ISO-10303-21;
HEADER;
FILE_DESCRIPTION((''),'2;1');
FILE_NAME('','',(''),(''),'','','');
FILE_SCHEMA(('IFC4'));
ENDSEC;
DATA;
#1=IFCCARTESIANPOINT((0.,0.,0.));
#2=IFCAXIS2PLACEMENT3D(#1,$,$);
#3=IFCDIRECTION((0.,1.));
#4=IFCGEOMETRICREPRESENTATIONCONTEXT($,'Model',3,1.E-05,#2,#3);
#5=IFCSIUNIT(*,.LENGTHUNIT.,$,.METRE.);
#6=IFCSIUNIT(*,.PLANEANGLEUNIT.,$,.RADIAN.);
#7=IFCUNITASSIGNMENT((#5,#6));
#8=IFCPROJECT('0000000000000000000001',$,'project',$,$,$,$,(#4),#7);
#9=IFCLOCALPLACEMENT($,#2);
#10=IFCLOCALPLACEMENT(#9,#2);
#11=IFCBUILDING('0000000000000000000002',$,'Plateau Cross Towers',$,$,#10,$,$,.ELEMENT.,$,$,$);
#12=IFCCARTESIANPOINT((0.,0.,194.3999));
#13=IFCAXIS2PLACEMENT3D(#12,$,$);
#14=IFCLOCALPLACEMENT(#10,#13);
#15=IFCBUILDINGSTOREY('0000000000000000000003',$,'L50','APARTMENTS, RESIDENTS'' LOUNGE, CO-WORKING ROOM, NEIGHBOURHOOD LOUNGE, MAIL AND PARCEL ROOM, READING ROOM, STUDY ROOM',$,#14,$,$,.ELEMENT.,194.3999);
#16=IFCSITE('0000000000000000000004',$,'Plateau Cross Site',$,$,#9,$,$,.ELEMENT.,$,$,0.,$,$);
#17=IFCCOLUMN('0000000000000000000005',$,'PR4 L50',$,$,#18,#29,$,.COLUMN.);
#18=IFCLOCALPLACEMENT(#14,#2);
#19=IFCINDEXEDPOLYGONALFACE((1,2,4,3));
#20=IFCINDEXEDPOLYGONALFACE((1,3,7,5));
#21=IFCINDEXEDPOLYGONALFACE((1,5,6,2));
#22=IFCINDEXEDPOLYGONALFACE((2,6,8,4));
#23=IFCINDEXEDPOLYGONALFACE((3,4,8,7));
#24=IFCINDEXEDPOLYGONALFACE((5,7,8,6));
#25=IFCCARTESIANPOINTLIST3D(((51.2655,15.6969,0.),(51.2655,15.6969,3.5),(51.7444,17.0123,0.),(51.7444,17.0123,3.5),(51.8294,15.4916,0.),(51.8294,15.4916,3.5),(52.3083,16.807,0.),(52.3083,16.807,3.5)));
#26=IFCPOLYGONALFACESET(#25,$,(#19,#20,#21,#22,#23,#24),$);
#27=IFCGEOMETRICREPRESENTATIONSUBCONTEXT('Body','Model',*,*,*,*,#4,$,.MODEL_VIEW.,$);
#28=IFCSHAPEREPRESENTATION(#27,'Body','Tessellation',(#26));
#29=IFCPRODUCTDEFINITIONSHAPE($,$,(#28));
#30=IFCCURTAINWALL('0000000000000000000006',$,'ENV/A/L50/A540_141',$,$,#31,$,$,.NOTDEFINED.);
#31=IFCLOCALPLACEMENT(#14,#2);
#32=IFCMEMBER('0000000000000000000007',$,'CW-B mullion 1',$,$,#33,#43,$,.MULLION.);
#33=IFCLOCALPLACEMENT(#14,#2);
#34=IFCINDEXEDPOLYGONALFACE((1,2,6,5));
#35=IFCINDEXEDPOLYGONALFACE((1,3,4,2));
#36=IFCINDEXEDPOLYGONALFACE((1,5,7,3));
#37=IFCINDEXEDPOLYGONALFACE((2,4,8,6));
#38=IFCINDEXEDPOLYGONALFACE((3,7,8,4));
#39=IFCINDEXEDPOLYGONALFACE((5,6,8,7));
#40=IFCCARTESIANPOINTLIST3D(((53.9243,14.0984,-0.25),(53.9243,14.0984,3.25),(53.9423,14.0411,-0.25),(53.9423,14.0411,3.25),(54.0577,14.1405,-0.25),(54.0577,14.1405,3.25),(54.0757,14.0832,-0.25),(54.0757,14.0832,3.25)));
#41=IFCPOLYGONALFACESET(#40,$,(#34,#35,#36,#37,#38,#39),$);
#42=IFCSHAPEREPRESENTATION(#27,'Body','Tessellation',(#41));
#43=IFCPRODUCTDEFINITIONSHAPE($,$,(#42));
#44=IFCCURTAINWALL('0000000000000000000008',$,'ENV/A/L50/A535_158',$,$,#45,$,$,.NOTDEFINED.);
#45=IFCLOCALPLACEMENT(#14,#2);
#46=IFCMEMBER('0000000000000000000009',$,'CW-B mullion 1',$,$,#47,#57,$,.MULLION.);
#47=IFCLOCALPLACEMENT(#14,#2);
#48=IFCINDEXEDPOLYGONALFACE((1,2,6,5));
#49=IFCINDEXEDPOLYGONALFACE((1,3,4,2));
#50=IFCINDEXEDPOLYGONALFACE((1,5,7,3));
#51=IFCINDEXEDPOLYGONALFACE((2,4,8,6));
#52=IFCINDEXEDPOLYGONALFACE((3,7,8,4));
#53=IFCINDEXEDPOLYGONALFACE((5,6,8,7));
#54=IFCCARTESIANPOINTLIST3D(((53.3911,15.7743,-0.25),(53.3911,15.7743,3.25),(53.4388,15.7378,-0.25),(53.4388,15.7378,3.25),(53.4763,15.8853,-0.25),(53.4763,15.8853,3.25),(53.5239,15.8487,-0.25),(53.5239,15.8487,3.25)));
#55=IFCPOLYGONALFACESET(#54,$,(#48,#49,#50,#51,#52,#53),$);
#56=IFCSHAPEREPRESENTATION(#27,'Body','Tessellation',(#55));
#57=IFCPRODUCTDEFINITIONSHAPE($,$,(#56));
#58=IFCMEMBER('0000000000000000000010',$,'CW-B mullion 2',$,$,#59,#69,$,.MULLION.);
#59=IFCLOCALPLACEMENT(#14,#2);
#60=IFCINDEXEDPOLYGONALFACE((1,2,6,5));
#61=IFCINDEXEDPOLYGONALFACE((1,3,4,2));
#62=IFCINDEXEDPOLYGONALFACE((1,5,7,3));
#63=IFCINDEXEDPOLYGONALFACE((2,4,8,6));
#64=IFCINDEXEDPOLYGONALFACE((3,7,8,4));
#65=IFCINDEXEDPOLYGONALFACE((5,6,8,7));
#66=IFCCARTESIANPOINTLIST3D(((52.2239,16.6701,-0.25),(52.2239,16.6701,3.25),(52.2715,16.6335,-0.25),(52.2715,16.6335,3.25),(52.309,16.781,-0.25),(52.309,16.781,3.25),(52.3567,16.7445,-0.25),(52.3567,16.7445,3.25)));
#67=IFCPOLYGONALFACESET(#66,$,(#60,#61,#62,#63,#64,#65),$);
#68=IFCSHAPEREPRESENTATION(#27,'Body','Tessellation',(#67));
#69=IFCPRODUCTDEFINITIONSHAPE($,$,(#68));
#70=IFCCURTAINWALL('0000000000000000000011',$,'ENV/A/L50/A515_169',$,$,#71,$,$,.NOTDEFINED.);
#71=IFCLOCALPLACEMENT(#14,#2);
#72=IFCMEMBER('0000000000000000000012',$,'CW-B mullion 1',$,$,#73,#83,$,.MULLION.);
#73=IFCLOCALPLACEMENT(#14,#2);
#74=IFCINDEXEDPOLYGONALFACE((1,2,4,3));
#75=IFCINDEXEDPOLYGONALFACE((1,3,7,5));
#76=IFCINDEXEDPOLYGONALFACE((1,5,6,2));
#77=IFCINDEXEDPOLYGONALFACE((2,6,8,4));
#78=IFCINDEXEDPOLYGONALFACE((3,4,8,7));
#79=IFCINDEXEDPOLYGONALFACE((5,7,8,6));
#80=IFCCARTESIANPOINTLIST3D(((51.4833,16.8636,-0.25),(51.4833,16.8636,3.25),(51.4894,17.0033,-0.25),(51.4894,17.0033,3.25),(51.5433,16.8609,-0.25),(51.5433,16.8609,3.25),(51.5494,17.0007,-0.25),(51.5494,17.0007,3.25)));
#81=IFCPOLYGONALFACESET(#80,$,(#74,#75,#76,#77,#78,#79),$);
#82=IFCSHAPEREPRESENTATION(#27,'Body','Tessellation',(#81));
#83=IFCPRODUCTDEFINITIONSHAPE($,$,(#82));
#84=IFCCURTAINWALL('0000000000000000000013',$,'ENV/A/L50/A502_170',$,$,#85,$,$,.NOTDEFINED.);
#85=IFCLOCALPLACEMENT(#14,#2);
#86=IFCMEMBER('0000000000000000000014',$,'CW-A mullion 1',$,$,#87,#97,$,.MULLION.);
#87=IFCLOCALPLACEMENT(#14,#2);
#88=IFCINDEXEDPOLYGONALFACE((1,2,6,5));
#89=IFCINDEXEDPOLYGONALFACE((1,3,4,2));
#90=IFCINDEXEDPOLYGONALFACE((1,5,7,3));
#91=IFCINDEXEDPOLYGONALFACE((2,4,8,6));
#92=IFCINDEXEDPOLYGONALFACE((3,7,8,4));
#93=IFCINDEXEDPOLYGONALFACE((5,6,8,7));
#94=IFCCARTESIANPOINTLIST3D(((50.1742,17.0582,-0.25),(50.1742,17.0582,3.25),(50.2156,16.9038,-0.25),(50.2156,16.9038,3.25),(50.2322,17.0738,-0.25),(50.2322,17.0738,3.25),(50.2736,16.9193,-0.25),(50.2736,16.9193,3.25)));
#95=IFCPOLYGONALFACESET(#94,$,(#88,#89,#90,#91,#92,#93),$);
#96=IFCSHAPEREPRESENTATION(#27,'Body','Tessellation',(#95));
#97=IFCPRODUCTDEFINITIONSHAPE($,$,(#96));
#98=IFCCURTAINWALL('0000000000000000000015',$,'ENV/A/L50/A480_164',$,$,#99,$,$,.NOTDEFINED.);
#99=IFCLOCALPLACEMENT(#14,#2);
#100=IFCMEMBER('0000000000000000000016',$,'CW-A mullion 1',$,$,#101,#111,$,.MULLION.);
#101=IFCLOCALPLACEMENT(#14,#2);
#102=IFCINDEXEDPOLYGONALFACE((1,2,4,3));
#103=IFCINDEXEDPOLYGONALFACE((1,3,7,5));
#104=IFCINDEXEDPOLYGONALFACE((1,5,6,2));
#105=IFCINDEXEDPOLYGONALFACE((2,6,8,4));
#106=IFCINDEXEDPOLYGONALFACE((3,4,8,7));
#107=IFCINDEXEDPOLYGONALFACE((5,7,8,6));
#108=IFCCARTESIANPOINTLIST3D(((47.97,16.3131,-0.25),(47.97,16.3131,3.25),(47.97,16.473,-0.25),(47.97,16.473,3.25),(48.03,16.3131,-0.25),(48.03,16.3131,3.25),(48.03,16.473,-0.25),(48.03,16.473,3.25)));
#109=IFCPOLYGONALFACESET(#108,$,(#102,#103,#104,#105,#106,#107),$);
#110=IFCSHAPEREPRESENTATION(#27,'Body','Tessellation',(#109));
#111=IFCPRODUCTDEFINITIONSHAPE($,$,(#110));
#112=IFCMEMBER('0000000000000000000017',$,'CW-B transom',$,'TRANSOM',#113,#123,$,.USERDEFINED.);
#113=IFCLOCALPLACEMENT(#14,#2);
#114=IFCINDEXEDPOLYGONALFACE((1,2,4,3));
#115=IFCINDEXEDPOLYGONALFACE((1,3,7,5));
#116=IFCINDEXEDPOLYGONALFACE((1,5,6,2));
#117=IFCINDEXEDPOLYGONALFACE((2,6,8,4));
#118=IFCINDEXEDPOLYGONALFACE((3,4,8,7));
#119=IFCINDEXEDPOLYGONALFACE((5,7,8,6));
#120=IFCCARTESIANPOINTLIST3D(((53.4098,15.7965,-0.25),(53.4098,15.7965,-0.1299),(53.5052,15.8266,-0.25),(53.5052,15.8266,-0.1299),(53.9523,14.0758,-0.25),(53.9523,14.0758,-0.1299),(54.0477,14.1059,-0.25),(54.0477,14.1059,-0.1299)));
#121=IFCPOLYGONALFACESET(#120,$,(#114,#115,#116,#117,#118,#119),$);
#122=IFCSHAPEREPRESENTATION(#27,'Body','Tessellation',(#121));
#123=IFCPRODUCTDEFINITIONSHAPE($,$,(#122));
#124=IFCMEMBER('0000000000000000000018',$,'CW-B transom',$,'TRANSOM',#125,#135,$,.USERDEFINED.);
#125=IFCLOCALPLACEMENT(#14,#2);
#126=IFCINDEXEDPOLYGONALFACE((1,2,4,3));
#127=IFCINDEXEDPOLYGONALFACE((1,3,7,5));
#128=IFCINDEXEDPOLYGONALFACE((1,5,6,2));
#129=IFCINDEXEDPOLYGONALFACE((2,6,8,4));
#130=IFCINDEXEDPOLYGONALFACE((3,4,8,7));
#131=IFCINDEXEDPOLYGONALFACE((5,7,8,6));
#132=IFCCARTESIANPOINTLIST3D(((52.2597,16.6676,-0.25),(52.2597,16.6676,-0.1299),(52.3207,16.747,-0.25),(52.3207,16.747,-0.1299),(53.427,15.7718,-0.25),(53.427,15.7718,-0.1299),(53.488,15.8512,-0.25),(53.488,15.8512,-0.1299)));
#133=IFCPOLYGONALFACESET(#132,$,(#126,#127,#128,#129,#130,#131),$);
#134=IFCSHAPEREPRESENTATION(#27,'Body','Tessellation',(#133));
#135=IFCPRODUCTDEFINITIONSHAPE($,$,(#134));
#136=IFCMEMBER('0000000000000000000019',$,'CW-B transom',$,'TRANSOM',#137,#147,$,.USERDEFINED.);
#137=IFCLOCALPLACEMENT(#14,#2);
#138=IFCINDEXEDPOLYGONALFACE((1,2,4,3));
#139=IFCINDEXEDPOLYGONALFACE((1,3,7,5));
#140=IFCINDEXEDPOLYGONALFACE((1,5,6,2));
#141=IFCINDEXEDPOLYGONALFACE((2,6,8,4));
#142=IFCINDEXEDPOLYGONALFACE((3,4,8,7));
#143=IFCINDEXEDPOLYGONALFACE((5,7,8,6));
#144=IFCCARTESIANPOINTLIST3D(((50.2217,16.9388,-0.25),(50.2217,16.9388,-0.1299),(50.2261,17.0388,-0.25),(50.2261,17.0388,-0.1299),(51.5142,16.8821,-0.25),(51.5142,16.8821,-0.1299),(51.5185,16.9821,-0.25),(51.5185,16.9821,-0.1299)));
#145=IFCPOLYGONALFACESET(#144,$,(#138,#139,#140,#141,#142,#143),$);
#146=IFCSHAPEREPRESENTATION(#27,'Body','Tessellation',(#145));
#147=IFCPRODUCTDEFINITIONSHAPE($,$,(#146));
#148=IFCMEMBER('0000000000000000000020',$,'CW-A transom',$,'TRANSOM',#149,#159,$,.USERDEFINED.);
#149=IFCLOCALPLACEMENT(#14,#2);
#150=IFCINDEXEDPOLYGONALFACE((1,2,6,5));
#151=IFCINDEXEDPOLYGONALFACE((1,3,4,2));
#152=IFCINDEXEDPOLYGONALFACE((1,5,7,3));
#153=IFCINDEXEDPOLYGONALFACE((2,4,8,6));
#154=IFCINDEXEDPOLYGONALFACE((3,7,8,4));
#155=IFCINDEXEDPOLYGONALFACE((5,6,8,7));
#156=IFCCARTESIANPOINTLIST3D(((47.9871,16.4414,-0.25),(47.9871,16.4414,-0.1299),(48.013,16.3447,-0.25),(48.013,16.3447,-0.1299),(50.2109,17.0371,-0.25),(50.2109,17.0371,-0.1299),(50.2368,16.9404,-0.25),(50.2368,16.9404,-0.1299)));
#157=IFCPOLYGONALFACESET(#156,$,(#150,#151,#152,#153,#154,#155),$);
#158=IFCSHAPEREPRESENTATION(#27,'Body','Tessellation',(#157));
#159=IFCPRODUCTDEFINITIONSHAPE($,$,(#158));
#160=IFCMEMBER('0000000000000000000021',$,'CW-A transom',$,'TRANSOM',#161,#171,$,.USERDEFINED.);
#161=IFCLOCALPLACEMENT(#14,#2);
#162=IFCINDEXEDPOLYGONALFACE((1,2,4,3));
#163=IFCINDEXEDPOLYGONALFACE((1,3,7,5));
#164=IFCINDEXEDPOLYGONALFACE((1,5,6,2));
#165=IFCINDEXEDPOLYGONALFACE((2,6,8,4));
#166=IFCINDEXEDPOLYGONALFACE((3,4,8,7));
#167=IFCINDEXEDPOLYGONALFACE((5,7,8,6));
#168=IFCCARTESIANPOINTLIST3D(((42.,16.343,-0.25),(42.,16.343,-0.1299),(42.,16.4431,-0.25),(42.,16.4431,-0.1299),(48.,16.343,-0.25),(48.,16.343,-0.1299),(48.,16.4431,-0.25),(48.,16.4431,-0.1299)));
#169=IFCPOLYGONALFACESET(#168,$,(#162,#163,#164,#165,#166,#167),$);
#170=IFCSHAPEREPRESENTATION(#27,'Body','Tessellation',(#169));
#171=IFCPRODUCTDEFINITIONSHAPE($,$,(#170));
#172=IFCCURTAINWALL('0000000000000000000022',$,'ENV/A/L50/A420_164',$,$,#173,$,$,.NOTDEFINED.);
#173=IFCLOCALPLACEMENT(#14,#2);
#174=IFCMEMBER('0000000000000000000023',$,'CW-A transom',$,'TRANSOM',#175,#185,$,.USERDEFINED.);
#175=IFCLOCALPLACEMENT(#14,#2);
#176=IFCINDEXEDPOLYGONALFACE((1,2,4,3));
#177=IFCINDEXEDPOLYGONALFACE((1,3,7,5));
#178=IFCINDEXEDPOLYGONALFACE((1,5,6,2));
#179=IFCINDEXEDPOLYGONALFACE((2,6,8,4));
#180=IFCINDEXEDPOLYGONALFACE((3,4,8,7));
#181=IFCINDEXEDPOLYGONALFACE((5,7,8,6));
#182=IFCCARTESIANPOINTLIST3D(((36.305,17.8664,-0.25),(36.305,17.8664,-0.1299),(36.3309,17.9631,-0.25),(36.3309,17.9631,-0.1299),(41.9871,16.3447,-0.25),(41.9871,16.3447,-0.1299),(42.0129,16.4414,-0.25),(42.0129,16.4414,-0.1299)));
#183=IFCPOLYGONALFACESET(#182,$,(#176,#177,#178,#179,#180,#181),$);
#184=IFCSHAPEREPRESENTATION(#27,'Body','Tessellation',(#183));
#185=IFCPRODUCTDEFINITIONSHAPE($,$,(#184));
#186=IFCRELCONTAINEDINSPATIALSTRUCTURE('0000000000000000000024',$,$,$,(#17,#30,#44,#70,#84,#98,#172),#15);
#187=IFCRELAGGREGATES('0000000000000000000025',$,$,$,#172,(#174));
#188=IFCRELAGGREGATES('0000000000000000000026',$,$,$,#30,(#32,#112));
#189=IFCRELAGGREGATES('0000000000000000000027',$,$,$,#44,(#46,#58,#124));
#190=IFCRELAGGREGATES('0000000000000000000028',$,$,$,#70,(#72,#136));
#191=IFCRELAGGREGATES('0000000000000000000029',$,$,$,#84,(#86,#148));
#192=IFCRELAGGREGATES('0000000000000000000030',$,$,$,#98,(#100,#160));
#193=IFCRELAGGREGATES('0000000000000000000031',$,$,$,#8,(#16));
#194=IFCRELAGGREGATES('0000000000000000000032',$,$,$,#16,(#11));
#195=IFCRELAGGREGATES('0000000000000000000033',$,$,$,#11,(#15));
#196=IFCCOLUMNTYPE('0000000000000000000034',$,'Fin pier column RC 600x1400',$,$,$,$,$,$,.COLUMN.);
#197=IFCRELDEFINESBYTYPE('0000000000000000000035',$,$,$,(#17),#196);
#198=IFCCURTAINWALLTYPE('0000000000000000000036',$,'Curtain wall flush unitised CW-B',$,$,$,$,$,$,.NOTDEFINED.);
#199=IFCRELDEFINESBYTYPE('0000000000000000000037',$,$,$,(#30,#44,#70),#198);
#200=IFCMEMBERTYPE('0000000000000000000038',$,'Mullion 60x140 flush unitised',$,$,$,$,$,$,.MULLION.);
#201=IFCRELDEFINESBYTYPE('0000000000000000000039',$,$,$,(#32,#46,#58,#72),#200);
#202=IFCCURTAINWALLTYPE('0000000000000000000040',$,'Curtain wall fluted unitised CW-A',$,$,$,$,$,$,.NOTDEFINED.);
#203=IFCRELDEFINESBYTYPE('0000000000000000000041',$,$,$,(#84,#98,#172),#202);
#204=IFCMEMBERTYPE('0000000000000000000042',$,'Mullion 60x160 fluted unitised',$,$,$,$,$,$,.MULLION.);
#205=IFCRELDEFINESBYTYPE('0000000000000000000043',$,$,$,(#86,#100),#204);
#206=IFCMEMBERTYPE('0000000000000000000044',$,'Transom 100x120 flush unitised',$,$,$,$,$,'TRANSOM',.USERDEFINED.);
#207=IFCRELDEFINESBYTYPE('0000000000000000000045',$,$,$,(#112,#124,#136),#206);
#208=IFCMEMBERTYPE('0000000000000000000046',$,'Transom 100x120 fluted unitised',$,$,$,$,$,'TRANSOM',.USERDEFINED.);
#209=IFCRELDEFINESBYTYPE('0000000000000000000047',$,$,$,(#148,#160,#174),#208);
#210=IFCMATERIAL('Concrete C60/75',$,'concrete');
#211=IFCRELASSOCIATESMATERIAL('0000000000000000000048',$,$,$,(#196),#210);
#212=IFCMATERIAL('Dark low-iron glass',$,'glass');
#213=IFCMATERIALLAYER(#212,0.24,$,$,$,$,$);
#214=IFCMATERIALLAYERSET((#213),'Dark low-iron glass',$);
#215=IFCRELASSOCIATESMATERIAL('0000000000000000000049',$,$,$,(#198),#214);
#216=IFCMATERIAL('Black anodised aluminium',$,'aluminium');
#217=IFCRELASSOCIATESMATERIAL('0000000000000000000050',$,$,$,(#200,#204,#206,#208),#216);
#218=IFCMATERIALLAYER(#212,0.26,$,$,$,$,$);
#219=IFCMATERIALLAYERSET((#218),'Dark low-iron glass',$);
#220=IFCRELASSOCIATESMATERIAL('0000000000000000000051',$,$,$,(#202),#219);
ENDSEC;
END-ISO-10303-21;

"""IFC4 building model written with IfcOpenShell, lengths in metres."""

from ifc_helpers import new_model, si_unit, direction, frame, origin, origin_2d, place, context, subcontext, project, spatial, rectangle, extrude, material, layer, layer_set, material_profile, profile_set, type_object, element, aggregate, save


model = new_model("IFC4")

# Units and contexts
model_context = context("Model", 3, precision=1e-05, world=origin(), true_north=direction((0.0, 1.0)))
body_context = subcontext(model_context, "Body", "Model", "MODEL_VIEW")
ifc_project = project(units=[si_unit("LENGTHUNIT", "METRE"), si_unit("PLANEANGLEUNIT", "RADIAN")], contexts=[model_context])

# Site, building, storey
site_placement = place(None, origin())
site = spatial("IfcSite", under=ifc_project, at=site_placement, Name="Plateau Cross Site", CompositionType="ELEMENT", RefElevation=0.0)
building_placement = place(site_placement, origin())
building = spatial("IfcBuilding", under=site, at=building_placement, Name="Plateau Cross Towers", CompositionType="ELEMENT")
storey_placement = place(building_placement, frame((0.0, 0.0, 194.3999)))
storey = spatial("IfcBuildingStorey", under=building, at=storey_placement, Name="L50", Description="APARTMENTS, RESIDENTS' LOUNGE, CO-WORKING ROOM, NEIGHBOURHOOD LOUNGE, MAIL AND PARCEL ROOM, READING ROOM, STUDY ROOM", CompositionType="ELEMENT", Elevation=194.3999)

# Column
ifc_material_1 = material(Name="Concrete C60/75", Category="concrete")
ifc_material_profile_1 = material_profile(ifc_material_1, rectangle(XDim=0.6001, YDim=1.3999, at=origin_2d()), Name="RC 600x1400")
ifc_profile_set_1 = profile_set([ifc_material_profile_1], Name="Concrete C60/75")
column_type = type_object("IfcColumnType", Name="Fin pier column RC 600x1400", PredefinedType="COLUMN", material=ifc_profile_set_1)
column_placement = place(storey_placement, frame((51.7869, 16.252, 0.0), z_axis=(0.0, 0.0, 1.0), x_axis=(-0.939664, 0.342098, 0.0)))
element("IfcColumn", 1, at=column_placement, inside=storey, type_object=column_type, Name="PR4 L50", PredefinedType="COLUMN", context=body_context, shape_type="SweptSolid", body=[
    extrude(rectangle(XDim=0.6001, YDim=1.3999, at=origin_2d()), origin(), (0.0, 0.0, 1.0), 3.5),
])

# Curtain wall, member
ifc_material_2 = material(Name="Dark low-iron glass", Category="glass")
ifc_layer_1 = layer(ifc_material_2, 0.24)
ifc_layer_set_1 = layer_set([ifc_layer_1], Name="Dark low-iron glass")
curtain_wall_type_1 = type_object("IfcCurtainWallType", Name="Curtain wall flush unitised CW-B", PredefinedType="NOTDEFINED", material=ifc_layer_set_1)
curtain_wall_1_placement = place(storey_placement, origin())
curtain_wall_1 = element("IfcCurtainWall", 2, at=curtain_wall_1_placement, inside=storey, type_object=curtain_wall_type_1, Name="ENV/A/L50/A540_141", PredefinedType="NOTDEFINED")
ifc_material_3 = material(Name="Black anodised aluminium", Category="aluminium")
ifc_material_profile_2 = material_profile(ifc_material_3, rectangle(XDim=0.0601, YDim=0.1399, at=origin_2d()), Name="MULLION 60x140")
ifc_profile_set_2 = profile_set([ifc_material_profile_2], Name="Black anodised aluminium")
member_type_1 = type_object("IfcMemberType", Name="Mullion 60x140 flush unitised", PredefinedType="MULLION", material=ifc_profile_set_2)
member_1_placement = place(storey_placement, frame((54.0, 14.0908, -0.25), z_axis=(0.0, 0.0, 1.0), x_axis=(-0.300686, 0.953723, 0.0)))
member_1 = element("IfcMember", 3, at=member_1_placement, type_object=member_type_1, Name="CW-B mullion 1", PredefinedType="MULLION", context=body_context, shape_type="SweptSolid", body=[
    extrude(rectangle(XDim=0.0601, YDim=0.1399, at=origin_2d()), origin(), (0.0, 0.0, 1.0), 3.5),
])

# Curtain wall, members
curtain_wall_2_placement = place(storey_placement, origin())
curtain_wall_2 = element("IfcCurtainWall", 4, at=curtain_wall_2_placement, inside=storey, type_object=curtain_wall_type_1, Name="ENV/A/L50/A535_158", PredefinedType="NOTDEFINED")
member_2_placement = place(storey_placement, frame((53.4575, 15.8115, -0.25), z_axis=(0.0, 0.0, 1.0), x_axis=(-0.793316, 0.608811, 0.0)))
member_2 = element("IfcMember", 5, at=member_2_placement, type_object=member_type_1, Name="CW-B mullion 1", PredefinedType="MULLION", context=body_context, shape_type="SweptSolid", body=[
    extrude(rectangle(XDim=0.0601, YDim=0.1399, at=origin_2d()), origin(), (0.0, 0.0, 1.0), 3.5),
])
member_3_placement = place(storey_placement, frame((52.2903, 16.7073, -0.25), z_axis=(0.0, 0.0, 1.0), x_axis=(-0.793316, 0.608811, 0.0)))
member_3 = element("IfcMember", 6, at=member_3_placement, type_object=member_type_1, Name="CW-B mullion 2", PredefinedType="MULLION", context=body_context, shape_type="SweptSolid", body=[
    extrude(rectangle(XDim=0.0601, YDim=0.1399, at=origin_2d()), origin(), (0.0, 0.0, 1.0), 3.5),
])

# Curtain walls, members
curtain_wall_3_placement = place(storey_placement, origin())
curtain_wall_3 = element("IfcCurtainWall", 7, at=curtain_wall_3_placement, inside=storey, type_object=curtain_wall_type_1, Name="ENV/A/L50/A515_169", PredefinedType="NOTDEFINED")
member_4_placement = place(storey_placement, frame((51.5164, 16.9321, -0.25), z_axis=(0.0, 0.0, 1.0), x_axis=(-0.999044, 0.043723, 0.0)))
member_4 = element("IfcMember", 8, at=member_4_placement, type_object=member_type_1, Name="CW-B mullion 1", PredefinedType="MULLION", context=body_context, shape_type="SweptSolid", body=[
    extrude(rectangle(XDim=0.0601, YDim=0.1399, at=origin_2d()), origin(), (0.0, 0.0, 1.0), 3.5),
])
ifc_layer_2 = layer(ifc_material_2, 0.26)
ifc_layer_set_2 = layer_set([ifc_layer_2], Name="Dark low-iron glass")
curtain_wall_type_2 = type_object("IfcCurtainWallType", Name="Curtain wall fluted unitised CW-A", PredefinedType="NOTDEFINED", material=ifc_layer_set_2)
curtain_wall_4_placement = place(storey_placement, origin())
curtain_wall_4 = element("IfcCurtainWall", 9, at=curtain_wall_4_placement, inside=storey, type_object=curtain_wall_type_2, Name="ENV/A/L50/A502_170", PredefinedType="NOTDEFINED")
ifc_material_profile_3 = material_profile(ifc_material_3, rectangle(XDim=0.0601, YDim=0.1599, at=origin_2d()), Name="MULLION 60x160")
ifc_profile_set_3 = profile_set([ifc_material_profile_3], Name="Black anodised aluminium")
member_type_2 = type_object("IfcMemberType", Name="Mullion 60x160 fluted unitised", PredefinedType="MULLION", material=ifc_profile_set_3)
member_5_placement = place(storey_placement, frame((50.2239, 16.9888, -0.25), z_axis=(0.0, 0.0, 1.0), x_axis=(-0.965958, -0.258699, 0.0)))
member_5 = element("IfcMember", 10, at=member_5_placement, type_object=member_type_2, Name="CW-A mullion 1", PredefinedType="MULLION", context=body_context, shape_type="SweptSolid", body=[
    extrude(rectangle(XDim=0.0601, YDim=0.1599, at=origin_2d()), origin(), (0.0, 0.0, 1.0), 3.5),
])
curtain_wall_5_placement = place(storey_placement, origin())
curtain_wall_5 = element("IfcCurtainWall", 11, at=curtain_wall_5_placement, inside=storey, type_object=curtain_wall_type_2, Name="ENV/A/L50/A480_164", PredefinedType="NOTDEFINED")
member_6_placement = place(storey_placement, frame((48.0, 16.3931, -0.25), z_axis=(0.0, 0.0, 1.0), x_axis=(-1.0, 0.0, 0.0)))
member_6 = element("IfcMember", 12, at=member_6_placement, type_object=member_type_2, Name="CW-A mullion 1", PredefinedType="MULLION", context=body_context, shape_type="SweptSolid", body=[
    extrude(rectangle(XDim=0.0601, YDim=0.1599, at=origin_2d()), origin(), (0.0, 0.0, 1.0), 3.5),
])

# Members
ifc_material_profile_4 = material_profile(ifc_material_3, rectangle(XDim=0.1001, YDim=0.1201, at=origin_2d()), Name="TRANSOM 100x120")
ifc_profile_set_4 = profile_set([ifc_material_profile_4], Name="Black anodised aluminium")
member_type_3 = type_object("IfcMemberType", Name="Transom 100x120 flush unitised", ElementType="TRANSOM", PredefinedType="USERDEFINED", material=ifc_profile_set_4)
member_7_placement = place(storey_placement, frame((54.0, 14.0908, -0.1899), z_axis=(-0.300678, 0.953726, 0.0), x_axis=(-0.953726, -0.300678, 0.0)))
member_7 = element("IfcMember", 13, at=member_7_placement, type_object=member_type_3, Name="CW-B transom", ObjectType="TRANSOM", PredefinedType="USERDEFINED", context=body_context, shape_type="SweptSolid", body=[
    extrude(rectangle(XDim=0.1001, YDim=0.1201, at=origin_2d()), origin(), (0.0, 0.0, 1.0), 1.8042),
])
member_8_placement = place(storey_placement, frame((53.4575, 15.8115, -0.1899), z_axis=(-0.793321, 0.608804, 0.0), x_axis=(-0.608804, -0.793321, 0.0)))
member_8 = element("IfcMember", 14, at=member_8_placement, type_object=member_type_3, Name="CW-B transom", ObjectType="TRANSOM", PredefinedType="USERDEFINED", context=body_context, shape_type="SweptSolid", body=[
    extrude(rectangle(XDim=0.1001, YDim=0.1201, at=origin_2d()), origin(), (0.0, 0.0, 1.0), 1.4714),
])
member_9_placement = place(storey_placement, frame((51.5164, 16.9321, -0.1899), z_axis=(-0.999041, 0.043781, 0.0), x_axis=(-0.043781, -0.999041, 0.0)))
member_9 = element("IfcMember", 15, at=member_9_placement, type_object=member_type_3, Name="CW-B transom", ObjectType="TRANSOM", PredefinedType="USERDEFINED", context=body_context, shape_type="SweptSolid", body=[
    extrude(rectangle(XDim=0.1001, YDim=0.1201, at=origin_2d()), origin(), (0.0, 0.0, 1.0), 1.2937),
])
ifc_material_profile_5 = material_profile(ifc_material_3, rectangle(XDim=0.1001, YDim=0.1201, at=origin_2d()), Name="TRANSOM 100x120")
ifc_profile_set_5 = profile_set([ifc_material_profile_5], Name="Black anodised aluminium")
member_type_4 = type_object("IfcMemberType", Name="Transom 100x120 fluted unitised", ElementType="TRANSOM", PredefinedType="USERDEFINED", material=ifc_profile_set_5)
member_10_placement = place(storey_placement, frame((50.2239, 16.9888, -0.1899), z_axis=(-0.965946, -0.258745, 0.0), x_axis=(0.258745, -0.965946, 0.0)))
member_10 = element("IfcMember", 16, at=member_10_placement, type_object=member_type_4, Name="CW-A transom", ObjectType="TRANSOM", PredefinedType="USERDEFINED", context=body_context, shape_type="SweptSolid", body=[
    extrude(rectangle(XDim=0.1001, YDim=0.1201, at=origin_2d()), origin(), (0.0, 0.0, 1.0), 2.3022),
])
member_11_placement = place(storey_placement, frame((48.0, 16.3931, -0.1899), z_axis=(-1.0, 0.0, 0.0), x_axis=(0.0, -1.0, 0.0)))
member_11 = element("IfcMember", 17, at=member_11_placement, type_object=member_type_4, Name="CW-A transom", ObjectType="TRANSOM", PredefinedType="USERDEFINED", context=body_context, shape_type="SweptSolid", body=[
    extrude(rectangle(XDim=0.1001, YDim=0.1201, at=origin_2d()), origin(), (0.0, 0.0, 1.0), 6.0),
])

# Curtain wall, member
curtain_wall_6_placement = place(storey_placement, origin())
curtain_wall_6 = element("IfcCurtainWall", 18, at=curtain_wall_6_placement, inside=storey, type_object=curtain_wall_type_2, Name="ENV/A/L50/A420_164", PredefinedType="NOTDEFINED")
member_12_placement = place(storey_placement, frame((42.0, 16.3931, -0.1899), z_axis=(-0.96596, 0.258693, 0.0), x_axis=(-0.258693, -0.96596, 0.0)))
member_12 = element("IfcMember", 19, at=member_12_placement, type_object=member_type_4, Name="CW-A transom", ObjectType="TRANSOM", PredefinedType="USERDEFINED", context=body_context, shape_type="SweptSolid", body=[
    extrude(rectangle(XDim=0.1001, YDim=0.1201, at=origin_2d()), origin(), (0.0, 0.0, 1.0), 5.8823),
])
aggregate(curtain_wall_6, [member_12])

aggregate(curtain_wall_1, [member_1, member_7])
aggregate(curtain_wall_2, [member_2, member_3, member_8])
aggregate(curtain_wall_3, [member_4, member_9])
aggregate(curtain_wall_4, [member_5, member_10])
aggregate(curtain_wall_5, [member_6, member_11])

save(model, "model.ifc")
